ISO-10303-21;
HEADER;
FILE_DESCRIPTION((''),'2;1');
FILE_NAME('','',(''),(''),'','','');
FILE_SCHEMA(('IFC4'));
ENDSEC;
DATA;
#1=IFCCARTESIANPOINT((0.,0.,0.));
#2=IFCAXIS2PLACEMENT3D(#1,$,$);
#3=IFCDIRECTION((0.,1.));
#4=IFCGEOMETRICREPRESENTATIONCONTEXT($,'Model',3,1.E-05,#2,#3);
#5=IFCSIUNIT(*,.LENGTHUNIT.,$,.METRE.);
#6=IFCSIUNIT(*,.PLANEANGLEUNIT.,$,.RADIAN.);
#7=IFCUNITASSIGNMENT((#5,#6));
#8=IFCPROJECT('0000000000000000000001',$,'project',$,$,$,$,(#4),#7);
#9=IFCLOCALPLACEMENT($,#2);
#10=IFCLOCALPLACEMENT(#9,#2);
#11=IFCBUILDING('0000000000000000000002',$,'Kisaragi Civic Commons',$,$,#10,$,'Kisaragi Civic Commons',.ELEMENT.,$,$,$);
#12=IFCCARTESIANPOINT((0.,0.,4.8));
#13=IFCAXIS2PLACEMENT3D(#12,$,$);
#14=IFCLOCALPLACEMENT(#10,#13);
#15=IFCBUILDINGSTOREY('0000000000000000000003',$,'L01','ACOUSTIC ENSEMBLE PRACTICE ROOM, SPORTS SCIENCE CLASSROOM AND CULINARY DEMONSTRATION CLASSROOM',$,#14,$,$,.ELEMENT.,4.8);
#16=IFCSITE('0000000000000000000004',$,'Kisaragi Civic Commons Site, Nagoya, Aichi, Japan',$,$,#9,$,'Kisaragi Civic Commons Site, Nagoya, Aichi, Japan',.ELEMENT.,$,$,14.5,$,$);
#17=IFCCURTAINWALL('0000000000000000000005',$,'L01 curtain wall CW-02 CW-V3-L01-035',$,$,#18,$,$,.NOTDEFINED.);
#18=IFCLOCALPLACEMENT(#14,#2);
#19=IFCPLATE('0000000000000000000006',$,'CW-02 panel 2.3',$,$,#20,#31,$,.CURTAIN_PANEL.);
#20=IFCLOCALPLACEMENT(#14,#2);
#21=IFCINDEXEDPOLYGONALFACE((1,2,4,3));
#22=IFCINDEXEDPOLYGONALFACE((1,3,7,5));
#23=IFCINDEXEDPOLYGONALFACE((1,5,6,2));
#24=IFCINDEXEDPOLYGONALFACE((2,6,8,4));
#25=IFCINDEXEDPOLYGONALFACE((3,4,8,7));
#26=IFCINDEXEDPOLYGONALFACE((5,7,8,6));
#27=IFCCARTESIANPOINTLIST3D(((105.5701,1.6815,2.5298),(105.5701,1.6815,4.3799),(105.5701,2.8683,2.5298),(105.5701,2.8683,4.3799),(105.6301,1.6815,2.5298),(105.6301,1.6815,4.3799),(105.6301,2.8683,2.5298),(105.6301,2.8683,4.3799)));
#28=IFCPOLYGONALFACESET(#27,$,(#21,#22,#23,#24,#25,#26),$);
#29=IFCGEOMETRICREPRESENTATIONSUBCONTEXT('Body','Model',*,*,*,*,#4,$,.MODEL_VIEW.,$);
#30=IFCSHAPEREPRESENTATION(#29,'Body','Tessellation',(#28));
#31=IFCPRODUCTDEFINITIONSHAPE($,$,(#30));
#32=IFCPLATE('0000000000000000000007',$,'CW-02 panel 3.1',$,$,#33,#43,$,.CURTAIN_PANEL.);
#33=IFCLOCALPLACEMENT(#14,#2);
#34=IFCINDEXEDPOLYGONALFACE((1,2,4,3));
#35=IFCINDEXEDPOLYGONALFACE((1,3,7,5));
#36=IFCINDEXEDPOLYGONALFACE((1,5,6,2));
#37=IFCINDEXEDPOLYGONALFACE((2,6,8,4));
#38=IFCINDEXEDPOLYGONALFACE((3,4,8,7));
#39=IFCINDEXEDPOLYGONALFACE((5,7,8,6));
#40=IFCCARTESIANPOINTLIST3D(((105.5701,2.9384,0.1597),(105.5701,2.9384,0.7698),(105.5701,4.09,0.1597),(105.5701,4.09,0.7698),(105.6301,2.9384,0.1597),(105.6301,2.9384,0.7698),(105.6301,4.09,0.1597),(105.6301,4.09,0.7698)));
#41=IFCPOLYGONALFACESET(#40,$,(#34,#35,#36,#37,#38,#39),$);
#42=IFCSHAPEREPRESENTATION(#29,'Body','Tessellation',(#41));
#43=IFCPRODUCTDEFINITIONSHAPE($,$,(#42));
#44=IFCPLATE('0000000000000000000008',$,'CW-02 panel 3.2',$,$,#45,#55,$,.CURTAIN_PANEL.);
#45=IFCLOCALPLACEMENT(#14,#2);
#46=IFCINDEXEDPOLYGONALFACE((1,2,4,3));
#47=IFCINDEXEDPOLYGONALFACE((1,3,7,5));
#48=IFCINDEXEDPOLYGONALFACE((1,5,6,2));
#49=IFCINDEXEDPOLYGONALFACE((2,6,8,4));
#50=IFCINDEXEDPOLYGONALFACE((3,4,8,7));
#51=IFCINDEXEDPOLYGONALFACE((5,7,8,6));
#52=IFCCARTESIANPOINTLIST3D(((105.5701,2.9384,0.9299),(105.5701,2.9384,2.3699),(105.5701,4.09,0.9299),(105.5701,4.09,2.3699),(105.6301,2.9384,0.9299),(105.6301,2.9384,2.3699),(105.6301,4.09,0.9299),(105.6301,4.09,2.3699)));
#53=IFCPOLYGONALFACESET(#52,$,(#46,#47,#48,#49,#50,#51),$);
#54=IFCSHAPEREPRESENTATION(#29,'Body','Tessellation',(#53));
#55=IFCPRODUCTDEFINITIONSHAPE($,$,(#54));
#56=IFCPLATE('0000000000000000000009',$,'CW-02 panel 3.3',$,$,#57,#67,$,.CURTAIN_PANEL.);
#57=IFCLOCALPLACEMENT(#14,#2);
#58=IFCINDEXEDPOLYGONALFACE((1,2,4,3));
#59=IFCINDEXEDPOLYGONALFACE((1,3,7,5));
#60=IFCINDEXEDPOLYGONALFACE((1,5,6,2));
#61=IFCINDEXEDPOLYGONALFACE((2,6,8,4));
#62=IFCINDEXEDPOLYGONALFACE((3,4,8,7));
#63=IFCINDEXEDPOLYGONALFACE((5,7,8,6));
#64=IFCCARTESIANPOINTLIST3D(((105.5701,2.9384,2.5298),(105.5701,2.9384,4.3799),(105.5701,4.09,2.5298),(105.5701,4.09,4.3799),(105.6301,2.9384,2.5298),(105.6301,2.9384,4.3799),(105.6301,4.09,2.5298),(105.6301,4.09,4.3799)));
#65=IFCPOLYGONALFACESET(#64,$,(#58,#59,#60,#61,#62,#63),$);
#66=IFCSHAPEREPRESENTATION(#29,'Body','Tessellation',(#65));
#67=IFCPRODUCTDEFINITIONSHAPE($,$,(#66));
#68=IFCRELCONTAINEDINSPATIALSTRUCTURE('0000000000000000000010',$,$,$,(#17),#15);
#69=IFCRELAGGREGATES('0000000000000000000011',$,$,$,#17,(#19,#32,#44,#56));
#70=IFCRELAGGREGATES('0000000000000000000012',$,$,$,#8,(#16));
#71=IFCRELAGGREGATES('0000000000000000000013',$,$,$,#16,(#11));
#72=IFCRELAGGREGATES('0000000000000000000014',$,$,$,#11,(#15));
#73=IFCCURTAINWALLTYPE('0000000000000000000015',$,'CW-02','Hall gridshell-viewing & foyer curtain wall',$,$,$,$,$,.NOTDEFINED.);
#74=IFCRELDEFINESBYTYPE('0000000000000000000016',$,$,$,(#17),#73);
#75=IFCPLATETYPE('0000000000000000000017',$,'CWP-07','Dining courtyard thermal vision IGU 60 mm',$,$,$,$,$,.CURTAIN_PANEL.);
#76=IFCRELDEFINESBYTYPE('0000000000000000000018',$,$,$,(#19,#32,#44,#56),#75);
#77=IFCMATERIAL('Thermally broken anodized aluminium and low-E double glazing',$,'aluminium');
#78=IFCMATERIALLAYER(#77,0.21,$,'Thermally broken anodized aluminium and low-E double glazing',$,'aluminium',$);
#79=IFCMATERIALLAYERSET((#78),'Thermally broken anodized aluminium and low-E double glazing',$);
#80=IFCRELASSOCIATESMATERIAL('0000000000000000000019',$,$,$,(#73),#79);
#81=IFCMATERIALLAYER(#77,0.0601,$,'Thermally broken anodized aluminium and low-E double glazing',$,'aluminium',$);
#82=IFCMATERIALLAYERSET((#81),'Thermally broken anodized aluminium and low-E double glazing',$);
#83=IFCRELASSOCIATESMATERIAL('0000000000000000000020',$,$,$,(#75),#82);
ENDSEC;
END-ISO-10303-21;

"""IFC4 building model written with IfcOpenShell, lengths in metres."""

from ifc_helpers import new_model, si_unit, direction, frame, origin, origin_2d, place, context, subcontext, project, spatial, rectangle, extrude, material, layer, layer_set, type_object, element, aggregate, save


model = new_model("IFC4")

# Units and contexts
model_context = context("Model", 3, precision=1e-05, world=origin(), true_north=direction((0.0, 1.0)))
body_context = subcontext(model_context, "Body", "Model", "MODEL_VIEW")
ifc_project = project(units=[si_unit("LENGTHUNIT", "METRE"), si_unit("PLANEANGLEUNIT", "RADIAN")], contexts=[model_context])

# Site, building, storey
site_placement = place(None, origin())
site = spatial("IfcSite", under=ifc_project, at=site_placement, Name="Kisaragi Civic Commons Site, Nagoya, Aichi, Japan", LongName="Kisaragi Civic Commons Site, Nagoya, Aichi, Japan", CompositionType="ELEMENT", RefElevation=14.5)
building_placement = place(site_placement, origin())
building = spatial("IfcBuilding", under=site, at=building_placement, Name="Kisaragi Civic Commons", LongName="Kisaragi Civic Commons", CompositionType="ELEMENT")
storey_placement = place(building_placement, frame((0.0, 0.0, 4.8)))
storey = spatial("IfcBuildingStorey", under=building, at=storey_placement, Name="L01", Description="ACOUSTIC ENSEMBLE PRACTICE ROOM, SPORTS SCIENCE CLASSROOM AND CULINARY DEMONSTRATION CLASSROOM", CompositionType="ELEMENT", Elevation=4.8)

# Curtain wall
ifc_material = material(Name="Thermally broken anodized aluminium and low-E double glazing", Category="aluminium")
ifc_layer_1 = layer(ifc_material, 0.21, Name="Thermally broken anodized aluminium and low-E double glazing", Category="aluminium")
ifc_layer_set_1 = layer_set([ifc_layer_1], Name="Thermally broken anodized aluminium and low-E double glazing")
curtain_wall_type = type_object("IfcCurtainWallType", Name="CW-02", Description="Hall gridshell-viewing & foyer curtain wall", PredefinedType="NOTDEFINED", material=ifc_layer_set_1)
curtain_wall_1_placement = place(storey_placement, origin())
curtain_wall_1 = element("IfcCurtainWall", 1, at=curtain_wall_1_placement, inside=storey, type_object=curtain_wall_type, Name="L01 curtain wall CW-02 CW-V3-L01-035", PredefinedType="NOTDEFINED")

# Plates
ifc_layer_2 = layer(ifc_material, 0.0601, Name="Thermally broken anodized aluminium and low-E double glazing", Category="aluminium")
ifc_layer_set_2 = layer_set([ifc_layer_2], Name="Thermally broken anodized aluminium and low-E double glazing")
plate_type = type_object("IfcPlateType", Name="CWP-07", Description="Dining courtyard thermal vision IGU 60 mm", PredefinedType="CURTAIN_PANEL", material=ifc_layer_set_2)
plate_1_placement = place(storey_placement, frame((105.6001, 2.2749, 2.5298), z_axis=(0.0, 0.0, 1.0), x_axis=(0.0, 1.0, 0.0)))
plate_1 = element("IfcPlate", 2, at=plate_1_placement, type_object=plate_type, Name="CW-02 panel 2.3", PredefinedType="CURTAIN_PANEL", context=body_context, shape_type="SweptSolid", body=[
    extrude(rectangle(XDim=1.1868, YDim=0.0601, at=origin_2d()), origin(), (0.0, 0.0, 1.0), 1.8501),
])
plate_2_placement = place(storey_placement, frame((105.6001, 3.5142, 0.1597), z_axis=(0.0, 0.0, 1.0), x_axis=(0.0, 1.0, 0.0)))
plate_2 = element("IfcPlate", 3, at=plate_2_placement, type_object=plate_type, Name="CW-02 panel 3.1", PredefinedType="CURTAIN_PANEL", context=body_context, shape_type="SweptSolid", body=[
    extrude(rectangle(XDim=1.1516, YDim=0.0601, at=origin_2d()), origin(), (0.0, 0.0, 1.0), 0.6101),
])
plate_3_placement = place(storey_placement, frame((105.6001, 3.5142, 0.9299), z_axis=(0.0, 0.0, 1.0), x_axis=(0.0, 1.0, 0.0)))
plate_3 = element("IfcPlate", 4, at=plate_3_placement, type_object=plate_type, Name="CW-02 panel 3.2", PredefinedType="CURTAIN_PANEL", context=body_context, shape_type="SweptSolid", body=[
    extrude(rectangle(XDim=1.1516, YDim=0.0601, at=origin_2d()), origin(), (0.0, 0.0, 1.0), 1.4399),
])
plate_4_placement = place(storey_placement, frame((105.6001, 3.5142, 2.5298), z_axis=(0.0, 0.0, 1.0), x_axis=(0.0, 1.0, 0.0)))
plate_4 = element("IfcPlate", 5, at=plate_4_placement, type_object=plate_type, Name="CW-02 panel 3.3", PredefinedType="CURTAIN_PANEL", context=body_context, shape_type="SweptSolid", body=[
    extrude(rectangle(XDim=1.1516, YDim=0.0601, at=origin_2d()), origin(), (0.0, 0.0, 1.0), 1.8501),
])
aggregate(curtain_wall_1, [plate_1, plate_2, plate_3, plate_4])

save(model, "model.ifc")
